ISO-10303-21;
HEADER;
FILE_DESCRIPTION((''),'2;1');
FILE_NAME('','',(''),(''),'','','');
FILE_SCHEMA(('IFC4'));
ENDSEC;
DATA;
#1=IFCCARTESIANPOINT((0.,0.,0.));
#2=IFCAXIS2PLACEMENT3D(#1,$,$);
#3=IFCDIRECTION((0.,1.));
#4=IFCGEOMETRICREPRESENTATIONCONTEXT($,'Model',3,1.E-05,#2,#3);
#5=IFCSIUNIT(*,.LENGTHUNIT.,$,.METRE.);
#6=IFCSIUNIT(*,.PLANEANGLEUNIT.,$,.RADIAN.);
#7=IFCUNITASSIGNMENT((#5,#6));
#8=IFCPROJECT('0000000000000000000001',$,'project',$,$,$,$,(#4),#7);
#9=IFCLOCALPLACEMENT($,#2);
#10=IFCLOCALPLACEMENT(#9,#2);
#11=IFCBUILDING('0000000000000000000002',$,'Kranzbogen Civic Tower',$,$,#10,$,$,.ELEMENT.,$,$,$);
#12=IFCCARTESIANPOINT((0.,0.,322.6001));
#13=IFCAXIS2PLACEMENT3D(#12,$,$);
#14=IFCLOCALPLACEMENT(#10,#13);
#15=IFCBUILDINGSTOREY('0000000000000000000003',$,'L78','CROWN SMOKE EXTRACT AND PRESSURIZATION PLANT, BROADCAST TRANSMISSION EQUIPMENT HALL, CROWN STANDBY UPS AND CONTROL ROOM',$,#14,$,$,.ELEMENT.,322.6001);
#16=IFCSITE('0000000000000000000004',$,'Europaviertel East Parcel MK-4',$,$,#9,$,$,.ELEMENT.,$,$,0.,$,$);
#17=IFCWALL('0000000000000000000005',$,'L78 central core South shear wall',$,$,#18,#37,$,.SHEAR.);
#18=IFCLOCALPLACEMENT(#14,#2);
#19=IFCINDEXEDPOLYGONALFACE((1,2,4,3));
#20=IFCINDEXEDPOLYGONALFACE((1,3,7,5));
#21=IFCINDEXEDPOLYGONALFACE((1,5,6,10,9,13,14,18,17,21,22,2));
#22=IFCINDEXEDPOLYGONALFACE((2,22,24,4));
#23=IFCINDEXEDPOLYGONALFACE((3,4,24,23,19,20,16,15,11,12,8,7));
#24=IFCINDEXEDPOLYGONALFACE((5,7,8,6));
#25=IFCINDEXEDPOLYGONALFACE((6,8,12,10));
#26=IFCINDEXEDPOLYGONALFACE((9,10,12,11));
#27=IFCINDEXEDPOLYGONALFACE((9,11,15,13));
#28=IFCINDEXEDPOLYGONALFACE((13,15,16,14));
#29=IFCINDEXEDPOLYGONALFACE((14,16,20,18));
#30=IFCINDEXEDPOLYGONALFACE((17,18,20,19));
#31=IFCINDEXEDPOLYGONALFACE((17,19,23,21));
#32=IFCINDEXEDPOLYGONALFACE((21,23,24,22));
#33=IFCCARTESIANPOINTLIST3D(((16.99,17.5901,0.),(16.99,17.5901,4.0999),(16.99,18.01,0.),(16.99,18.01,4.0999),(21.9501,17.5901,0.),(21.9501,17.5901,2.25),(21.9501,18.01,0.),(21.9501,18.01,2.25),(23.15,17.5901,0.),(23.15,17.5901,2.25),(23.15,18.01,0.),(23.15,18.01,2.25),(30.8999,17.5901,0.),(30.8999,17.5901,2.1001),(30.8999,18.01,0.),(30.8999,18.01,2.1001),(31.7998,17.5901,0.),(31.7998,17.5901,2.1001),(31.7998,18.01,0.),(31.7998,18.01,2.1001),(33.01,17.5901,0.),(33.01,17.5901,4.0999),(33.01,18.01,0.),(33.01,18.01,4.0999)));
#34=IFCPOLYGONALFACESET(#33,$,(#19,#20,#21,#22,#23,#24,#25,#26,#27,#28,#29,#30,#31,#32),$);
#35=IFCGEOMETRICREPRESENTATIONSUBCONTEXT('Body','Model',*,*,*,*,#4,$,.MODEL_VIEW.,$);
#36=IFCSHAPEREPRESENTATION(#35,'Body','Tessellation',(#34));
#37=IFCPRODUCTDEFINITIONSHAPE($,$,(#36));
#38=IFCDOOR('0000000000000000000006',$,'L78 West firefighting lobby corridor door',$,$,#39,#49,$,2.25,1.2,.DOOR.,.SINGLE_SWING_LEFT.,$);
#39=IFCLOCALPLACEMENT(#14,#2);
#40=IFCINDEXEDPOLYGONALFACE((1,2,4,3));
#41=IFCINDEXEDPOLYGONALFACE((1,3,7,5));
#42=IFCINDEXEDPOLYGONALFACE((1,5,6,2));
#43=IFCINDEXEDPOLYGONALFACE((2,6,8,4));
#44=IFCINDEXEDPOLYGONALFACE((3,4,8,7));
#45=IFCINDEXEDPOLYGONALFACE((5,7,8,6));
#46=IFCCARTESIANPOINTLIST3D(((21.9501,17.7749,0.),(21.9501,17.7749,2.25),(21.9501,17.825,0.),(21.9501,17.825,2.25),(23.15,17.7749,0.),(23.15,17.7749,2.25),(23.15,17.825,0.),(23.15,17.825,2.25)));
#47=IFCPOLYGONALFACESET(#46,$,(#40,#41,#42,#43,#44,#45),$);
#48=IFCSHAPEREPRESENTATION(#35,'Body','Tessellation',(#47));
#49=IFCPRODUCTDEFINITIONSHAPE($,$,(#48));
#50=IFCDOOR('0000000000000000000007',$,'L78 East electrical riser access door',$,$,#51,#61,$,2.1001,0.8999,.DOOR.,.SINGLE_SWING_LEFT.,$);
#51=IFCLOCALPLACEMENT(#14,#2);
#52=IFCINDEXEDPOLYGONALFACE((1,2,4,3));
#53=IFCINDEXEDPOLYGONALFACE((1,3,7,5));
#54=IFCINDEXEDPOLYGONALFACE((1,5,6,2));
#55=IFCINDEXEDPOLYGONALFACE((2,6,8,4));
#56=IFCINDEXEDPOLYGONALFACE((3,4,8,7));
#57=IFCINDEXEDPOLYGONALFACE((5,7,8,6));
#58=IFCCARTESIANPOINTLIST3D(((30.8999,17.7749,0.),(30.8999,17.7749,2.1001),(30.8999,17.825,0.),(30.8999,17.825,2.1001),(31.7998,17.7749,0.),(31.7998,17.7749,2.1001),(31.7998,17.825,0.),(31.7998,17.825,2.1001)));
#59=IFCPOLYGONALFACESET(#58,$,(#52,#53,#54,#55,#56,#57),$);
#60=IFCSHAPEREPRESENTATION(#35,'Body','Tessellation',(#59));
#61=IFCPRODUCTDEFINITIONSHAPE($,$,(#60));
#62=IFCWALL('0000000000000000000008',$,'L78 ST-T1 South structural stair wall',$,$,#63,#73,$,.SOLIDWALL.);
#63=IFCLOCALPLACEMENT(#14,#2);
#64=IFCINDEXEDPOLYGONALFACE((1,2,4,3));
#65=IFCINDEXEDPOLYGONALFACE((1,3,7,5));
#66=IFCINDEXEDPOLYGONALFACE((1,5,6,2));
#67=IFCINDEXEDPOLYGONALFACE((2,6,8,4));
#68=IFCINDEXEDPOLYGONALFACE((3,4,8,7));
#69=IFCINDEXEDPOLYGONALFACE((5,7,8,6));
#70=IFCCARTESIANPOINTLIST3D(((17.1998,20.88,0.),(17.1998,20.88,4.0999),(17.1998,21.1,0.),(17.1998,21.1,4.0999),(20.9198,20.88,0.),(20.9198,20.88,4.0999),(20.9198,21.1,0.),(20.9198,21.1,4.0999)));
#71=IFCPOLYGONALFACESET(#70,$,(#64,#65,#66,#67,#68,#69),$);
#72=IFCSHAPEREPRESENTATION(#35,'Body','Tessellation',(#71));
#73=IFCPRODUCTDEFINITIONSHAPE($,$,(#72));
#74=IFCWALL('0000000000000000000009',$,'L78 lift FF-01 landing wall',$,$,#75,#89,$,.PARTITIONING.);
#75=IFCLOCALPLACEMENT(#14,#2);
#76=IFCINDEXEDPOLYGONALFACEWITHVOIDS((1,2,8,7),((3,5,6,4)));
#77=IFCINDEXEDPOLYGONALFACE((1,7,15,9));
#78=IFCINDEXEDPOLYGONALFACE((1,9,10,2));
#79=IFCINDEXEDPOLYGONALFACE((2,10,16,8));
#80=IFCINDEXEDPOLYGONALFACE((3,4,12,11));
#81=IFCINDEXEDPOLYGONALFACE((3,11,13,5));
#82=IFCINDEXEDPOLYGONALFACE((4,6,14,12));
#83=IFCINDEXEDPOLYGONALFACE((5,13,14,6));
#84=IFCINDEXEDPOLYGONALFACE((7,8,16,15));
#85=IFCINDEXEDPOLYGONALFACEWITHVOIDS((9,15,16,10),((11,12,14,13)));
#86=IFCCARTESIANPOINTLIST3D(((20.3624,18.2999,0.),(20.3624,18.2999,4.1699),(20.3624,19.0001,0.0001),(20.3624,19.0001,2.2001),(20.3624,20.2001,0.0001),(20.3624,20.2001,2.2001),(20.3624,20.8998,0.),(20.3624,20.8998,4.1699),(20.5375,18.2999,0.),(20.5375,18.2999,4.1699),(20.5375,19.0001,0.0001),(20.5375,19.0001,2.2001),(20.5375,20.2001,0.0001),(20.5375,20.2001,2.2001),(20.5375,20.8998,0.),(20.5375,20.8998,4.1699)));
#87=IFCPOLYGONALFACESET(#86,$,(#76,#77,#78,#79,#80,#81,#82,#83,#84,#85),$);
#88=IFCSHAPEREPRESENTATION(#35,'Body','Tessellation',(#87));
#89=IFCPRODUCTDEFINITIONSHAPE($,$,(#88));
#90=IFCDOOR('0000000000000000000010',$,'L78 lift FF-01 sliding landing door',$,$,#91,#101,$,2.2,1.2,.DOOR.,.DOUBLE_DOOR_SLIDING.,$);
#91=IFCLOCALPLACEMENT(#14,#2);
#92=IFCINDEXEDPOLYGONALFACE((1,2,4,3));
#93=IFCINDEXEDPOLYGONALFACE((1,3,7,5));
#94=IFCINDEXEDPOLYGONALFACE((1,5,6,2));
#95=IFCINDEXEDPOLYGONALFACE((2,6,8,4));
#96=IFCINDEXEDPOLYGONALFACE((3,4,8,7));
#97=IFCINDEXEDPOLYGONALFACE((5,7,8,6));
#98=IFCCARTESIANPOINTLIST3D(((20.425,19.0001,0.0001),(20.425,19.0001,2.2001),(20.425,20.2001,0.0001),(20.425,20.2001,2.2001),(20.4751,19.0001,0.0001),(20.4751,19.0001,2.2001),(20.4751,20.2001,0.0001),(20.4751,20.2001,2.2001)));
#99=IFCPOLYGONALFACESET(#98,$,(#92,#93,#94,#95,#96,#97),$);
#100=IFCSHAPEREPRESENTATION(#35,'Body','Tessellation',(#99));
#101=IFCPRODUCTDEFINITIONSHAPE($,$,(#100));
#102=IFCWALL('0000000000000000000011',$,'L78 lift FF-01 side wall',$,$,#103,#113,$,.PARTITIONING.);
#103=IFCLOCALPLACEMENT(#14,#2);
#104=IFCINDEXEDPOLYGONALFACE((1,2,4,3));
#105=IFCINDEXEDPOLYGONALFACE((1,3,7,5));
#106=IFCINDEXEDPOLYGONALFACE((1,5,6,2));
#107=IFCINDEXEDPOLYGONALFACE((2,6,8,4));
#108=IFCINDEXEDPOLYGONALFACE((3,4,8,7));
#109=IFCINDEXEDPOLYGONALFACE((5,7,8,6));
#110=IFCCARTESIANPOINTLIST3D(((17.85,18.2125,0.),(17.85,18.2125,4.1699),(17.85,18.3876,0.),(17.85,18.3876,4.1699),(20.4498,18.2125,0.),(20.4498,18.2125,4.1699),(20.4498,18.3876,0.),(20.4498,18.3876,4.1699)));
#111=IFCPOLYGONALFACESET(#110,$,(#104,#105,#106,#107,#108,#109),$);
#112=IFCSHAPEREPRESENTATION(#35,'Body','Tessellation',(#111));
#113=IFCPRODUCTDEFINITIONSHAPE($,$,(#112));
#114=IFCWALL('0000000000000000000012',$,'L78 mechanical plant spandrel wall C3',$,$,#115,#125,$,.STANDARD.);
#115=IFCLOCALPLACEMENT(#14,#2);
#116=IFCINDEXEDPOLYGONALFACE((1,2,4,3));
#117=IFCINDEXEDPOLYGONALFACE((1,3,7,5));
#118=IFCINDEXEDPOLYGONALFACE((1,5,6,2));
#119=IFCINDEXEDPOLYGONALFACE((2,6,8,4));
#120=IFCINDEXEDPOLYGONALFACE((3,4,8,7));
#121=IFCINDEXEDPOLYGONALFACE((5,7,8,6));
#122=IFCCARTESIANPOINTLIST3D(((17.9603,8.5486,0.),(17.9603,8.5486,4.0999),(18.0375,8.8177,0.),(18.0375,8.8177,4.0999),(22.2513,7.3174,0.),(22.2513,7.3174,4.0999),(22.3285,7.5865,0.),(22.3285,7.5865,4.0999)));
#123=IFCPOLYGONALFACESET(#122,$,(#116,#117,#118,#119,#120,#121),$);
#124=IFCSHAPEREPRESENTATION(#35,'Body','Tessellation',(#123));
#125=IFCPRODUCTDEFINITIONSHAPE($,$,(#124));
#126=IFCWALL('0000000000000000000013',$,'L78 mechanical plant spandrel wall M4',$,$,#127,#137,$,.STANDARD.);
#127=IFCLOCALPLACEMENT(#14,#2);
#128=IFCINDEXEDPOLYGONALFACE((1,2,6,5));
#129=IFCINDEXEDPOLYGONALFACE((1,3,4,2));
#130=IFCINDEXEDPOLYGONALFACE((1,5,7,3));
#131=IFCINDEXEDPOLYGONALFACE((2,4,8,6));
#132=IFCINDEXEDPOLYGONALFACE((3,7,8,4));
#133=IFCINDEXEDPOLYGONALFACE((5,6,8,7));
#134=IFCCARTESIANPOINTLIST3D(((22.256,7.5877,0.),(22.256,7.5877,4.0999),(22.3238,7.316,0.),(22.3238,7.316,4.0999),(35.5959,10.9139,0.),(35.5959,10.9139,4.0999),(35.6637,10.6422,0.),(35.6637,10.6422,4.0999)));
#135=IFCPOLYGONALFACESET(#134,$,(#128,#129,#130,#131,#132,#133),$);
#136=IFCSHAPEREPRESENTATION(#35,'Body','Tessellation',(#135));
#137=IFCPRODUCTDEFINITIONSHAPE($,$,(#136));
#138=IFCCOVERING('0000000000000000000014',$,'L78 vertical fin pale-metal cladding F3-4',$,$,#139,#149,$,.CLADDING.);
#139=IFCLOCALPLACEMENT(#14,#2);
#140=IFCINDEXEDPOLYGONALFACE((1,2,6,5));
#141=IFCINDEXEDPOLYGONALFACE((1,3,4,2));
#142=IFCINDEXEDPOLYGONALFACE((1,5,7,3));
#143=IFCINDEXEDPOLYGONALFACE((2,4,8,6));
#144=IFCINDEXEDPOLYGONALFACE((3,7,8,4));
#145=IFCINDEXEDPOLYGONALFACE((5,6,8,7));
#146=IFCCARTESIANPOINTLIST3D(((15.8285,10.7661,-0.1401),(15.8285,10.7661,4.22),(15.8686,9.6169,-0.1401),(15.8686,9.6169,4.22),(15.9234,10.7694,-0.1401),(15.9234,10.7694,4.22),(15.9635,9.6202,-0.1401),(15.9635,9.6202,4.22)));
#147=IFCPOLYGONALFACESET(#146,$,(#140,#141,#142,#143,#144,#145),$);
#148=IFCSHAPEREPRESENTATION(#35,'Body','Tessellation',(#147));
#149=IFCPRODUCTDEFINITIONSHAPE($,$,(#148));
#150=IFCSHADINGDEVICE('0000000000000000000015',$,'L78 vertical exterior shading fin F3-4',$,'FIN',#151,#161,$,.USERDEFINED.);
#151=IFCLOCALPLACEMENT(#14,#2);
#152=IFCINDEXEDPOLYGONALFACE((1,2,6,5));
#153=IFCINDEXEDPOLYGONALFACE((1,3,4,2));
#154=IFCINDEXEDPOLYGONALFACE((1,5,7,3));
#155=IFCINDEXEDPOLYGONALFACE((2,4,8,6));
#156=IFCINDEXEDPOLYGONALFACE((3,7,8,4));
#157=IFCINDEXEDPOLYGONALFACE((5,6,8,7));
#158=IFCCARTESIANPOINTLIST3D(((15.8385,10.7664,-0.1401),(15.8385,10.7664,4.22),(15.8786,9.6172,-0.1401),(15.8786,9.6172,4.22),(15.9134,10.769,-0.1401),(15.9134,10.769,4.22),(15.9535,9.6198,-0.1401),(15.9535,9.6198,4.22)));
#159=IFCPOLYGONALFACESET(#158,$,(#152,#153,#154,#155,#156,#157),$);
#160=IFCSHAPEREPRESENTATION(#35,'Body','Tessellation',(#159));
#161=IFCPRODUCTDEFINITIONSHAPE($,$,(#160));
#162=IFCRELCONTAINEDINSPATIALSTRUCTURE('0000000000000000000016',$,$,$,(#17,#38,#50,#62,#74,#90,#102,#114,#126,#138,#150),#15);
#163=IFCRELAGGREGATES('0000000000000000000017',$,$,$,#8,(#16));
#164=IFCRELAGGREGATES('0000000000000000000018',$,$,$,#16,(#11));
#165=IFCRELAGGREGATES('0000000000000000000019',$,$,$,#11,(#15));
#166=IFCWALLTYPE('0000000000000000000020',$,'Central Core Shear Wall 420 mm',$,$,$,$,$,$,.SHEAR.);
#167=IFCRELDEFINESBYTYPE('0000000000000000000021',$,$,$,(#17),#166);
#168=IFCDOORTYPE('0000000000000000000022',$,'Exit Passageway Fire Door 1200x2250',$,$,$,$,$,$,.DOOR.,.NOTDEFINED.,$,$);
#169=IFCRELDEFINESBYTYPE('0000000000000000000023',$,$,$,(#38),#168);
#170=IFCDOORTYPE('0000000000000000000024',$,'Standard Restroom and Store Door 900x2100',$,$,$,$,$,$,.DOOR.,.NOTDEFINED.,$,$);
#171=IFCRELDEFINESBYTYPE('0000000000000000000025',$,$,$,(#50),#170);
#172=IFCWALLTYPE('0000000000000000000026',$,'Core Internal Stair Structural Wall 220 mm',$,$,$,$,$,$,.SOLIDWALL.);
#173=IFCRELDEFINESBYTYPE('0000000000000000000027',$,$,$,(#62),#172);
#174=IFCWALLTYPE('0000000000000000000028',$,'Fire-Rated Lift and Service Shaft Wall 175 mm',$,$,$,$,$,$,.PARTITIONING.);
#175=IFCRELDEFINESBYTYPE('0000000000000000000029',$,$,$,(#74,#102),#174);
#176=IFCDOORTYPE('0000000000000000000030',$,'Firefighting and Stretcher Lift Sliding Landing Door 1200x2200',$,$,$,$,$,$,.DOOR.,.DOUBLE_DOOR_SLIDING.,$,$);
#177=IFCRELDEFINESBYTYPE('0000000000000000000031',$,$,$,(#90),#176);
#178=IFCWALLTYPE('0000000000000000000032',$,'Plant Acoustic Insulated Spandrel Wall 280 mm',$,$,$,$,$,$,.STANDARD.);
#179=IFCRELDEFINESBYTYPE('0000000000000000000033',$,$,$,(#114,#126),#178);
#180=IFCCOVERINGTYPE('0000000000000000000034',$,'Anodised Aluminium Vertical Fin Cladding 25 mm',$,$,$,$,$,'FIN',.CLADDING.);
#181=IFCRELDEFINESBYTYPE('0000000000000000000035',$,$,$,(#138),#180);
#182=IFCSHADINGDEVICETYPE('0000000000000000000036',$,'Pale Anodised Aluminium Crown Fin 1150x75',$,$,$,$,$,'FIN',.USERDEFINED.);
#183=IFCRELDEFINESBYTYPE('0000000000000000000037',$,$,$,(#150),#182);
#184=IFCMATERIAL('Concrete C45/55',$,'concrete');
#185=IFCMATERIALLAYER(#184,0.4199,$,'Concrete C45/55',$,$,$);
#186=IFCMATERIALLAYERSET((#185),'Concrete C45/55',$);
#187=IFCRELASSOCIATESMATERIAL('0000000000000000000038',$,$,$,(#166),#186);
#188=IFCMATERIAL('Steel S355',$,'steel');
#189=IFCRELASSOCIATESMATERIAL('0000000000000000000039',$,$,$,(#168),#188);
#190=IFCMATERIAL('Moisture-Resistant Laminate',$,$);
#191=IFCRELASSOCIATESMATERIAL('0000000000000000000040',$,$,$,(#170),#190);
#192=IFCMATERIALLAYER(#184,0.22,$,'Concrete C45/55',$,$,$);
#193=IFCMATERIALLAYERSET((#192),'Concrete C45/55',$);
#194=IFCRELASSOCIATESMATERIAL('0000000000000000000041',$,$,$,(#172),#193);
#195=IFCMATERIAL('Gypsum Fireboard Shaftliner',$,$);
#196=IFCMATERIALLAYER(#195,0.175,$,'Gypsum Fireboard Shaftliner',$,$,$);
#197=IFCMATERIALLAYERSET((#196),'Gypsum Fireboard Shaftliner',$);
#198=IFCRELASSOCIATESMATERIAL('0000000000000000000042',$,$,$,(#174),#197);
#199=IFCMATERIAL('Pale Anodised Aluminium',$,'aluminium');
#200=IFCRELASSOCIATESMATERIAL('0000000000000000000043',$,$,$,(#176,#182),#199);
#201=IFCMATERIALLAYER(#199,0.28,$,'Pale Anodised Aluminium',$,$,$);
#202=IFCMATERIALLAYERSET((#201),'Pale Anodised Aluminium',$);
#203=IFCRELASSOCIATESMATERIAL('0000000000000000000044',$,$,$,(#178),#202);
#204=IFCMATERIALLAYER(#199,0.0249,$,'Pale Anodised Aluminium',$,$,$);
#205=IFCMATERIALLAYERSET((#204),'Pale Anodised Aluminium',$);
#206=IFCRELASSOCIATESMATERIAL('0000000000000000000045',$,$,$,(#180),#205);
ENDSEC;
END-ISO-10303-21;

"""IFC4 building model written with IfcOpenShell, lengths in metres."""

from ifc_helpers import new_model, si_unit, direction, frame, frame_2d, origin, origin_2d, place, context, subcontext, project, spatial, rectangle, extrude, material, layer, layer_set, type_object, element, fill, save


model = new_model("IFC4")

# Units and contexts
model_context = context("Model", 3, precision=1e-05, world=origin(), true_north=direction((0.0, 1.0)))
body_context = subcontext(model_context, "Body", "Model", "MODEL_VIEW")
ifc_project = project(units=[si_unit("LENGTHUNIT", "METRE"), si_unit("PLANEANGLEUNIT", "RADIAN")], contexts=[model_context])

# Site, building, storey
site_placement = place(None, origin())
site = spatial("IfcSite", under=ifc_project, at=site_placement, Name="Europaviertel East Parcel MK-4", CompositionType="ELEMENT", RefElevation=0.0)
building_placement = place(site_placement, origin())
building = spatial("IfcBuilding", under=site, at=building_placement, Name="Kranzbogen Civic Tower", CompositionType="ELEMENT")
storey_placement = place(building_placement, frame((0.0, 0.0, 322.6001)))
storey = spatial("IfcBuildingStorey", under=building, at=storey_placement, Name="L78", Description="CROWN SMOKE EXTRACT AND PRESSURIZATION PLANT, BROADCAST TRANSMISSION EQUIPMENT HALL, CROWN STANDBY UPS AND CONTROL ROOM", CompositionType="ELEMENT", Elevation=322.6001)

# Shared definitions
ifc_material_1 = material(Name="Steel S355", Category="steel")

# Wall, openings, doors
ifc_material_2 = material(Name="Concrete C45/55", Category="concrete")
ifc_layer_1 = layer(ifc_material_2, 0.4199, Name="Concrete C45/55")
ifc_layer_set_1 = layer_set([ifc_layer_1], Name="Concrete C45/55")
wall_type_1 = type_object("IfcWallType", Name="Central Core Shear Wall 420 mm", PredefinedType="SHEAR", material=ifc_layer_set_1)
wall_1_placement = place(storey_placement, frame((16.99, 17.8, 0.0), z_axis=(0.0, 0.0, 1.0), x_axis=(1.0, 0.0, 0.0)))
wall_1 = element("IfcWall", 1, at=wall_1_placement, inside=storey, type_object=wall_type_1, Name="L78 central core South shear wall", PredefinedType="SHEAR", context=body_context, shape_type="SweptSolid", body=[
    extrude(rectangle(XDim=16.02, YDim=0.4199, at=frame_2d((8.01, 0.0))), origin(), (0.0, 0.0, 1.0), 4.0999),
])
opening_1_placement = place(wall_1_placement, frame((4.96, 0.0, 0.0)))
opening_1 = element("IfcOpeningElement", 2, at=opening_1_placement, cuts=wall_1, PredefinedType="OPENING", context=body_context, shape_type="SweptSolid", body=[
    extrude(rectangle(XDim=1.2, YDim=2.25, at=frame_2d((0.6001, 1.125))), frame((0.0, 0.22, 0.0), z_axis=(0.0, -1.0, 0.0), x_axis=(1.0, 0.0, 0.0)), (0.0, 0.0, 1.0), 0.4399),
])
opening_2_placement = place(wall_1_placement, frame((13.9099, 0.0, 0.0)))
opening_2 = element("IfcOpeningElement", 3, at=opening_2_placement, cuts=wall_1, PredefinedType="OPENING", context=body_context, shape_type="SweptSolid", body=[
    extrude(rectangle(XDim=0.8999, YDim=2.1001, at=frame_2d((0.45, 1.05))), frame((0.0, 0.22, 0.0), z_axis=(0.0, -1.0, 0.0), x_axis=(1.0, 0.0, 0.0)), (0.0, 0.0, 1.0), 0.4399),
])
door_type_1 = type_object("IfcDoorType", Name="Exit Passageway Fire Door 1200x2250", OperationType="NOTDEFINED", PredefinedType="DOOR", material=ifc_material_1)
door_1_placement = place(opening_1_placement, origin())
door_1 = element("IfcDoor", 4, at=door_1_placement, inside=storey, type_object=door_type_1, Name="L78 West firefighting lobby corridor door", OperationType="SINGLE_SWING_LEFT", OverallHeight=2.25, OverallWidth=1.2, PredefinedType="DOOR", context=body_context, shape_type="SweptSolid", body=[
    extrude(rectangle(XDim=1.2, YDim=2.25, at=frame_2d((0.6001, 1.125))), frame((0.0, 0.0249, 0.0), z_axis=(0.0, -1.0, 0.0), x_axis=(1.0, 0.0, 0.0)), (0.0, 0.0, 1.0), 0.05),
])
fill(opening_1, door_1)
ifc_material_3 = material(Name="Moisture-Resistant Laminate")
door_type_2 = type_object("IfcDoorType", Name="Standard Restroom and Store Door 900x2100", OperationType="NOTDEFINED", PredefinedType="DOOR", material=ifc_material_3)
door_2_placement = place(opening_2_placement, origin())
door_2 = element("IfcDoor", 5, at=door_2_placement, inside=storey, type_object=door_type_2, Name="L78 East electrical riser access door", OperationType="SINGLE_SWING_LEFT", OverallHeight=2.1001, OverallWidth=0.8999, PredefinedType="DOOR", context=body_context, shape_type="SweptSolid", body=[
    extrude(rectangle(XDim=0.8999, YDim=2.1001, at=frame_2d((0.45, 1.05))), frame((0.0, 0.0249, 0.0), z_axis=(0.0, -1.0, 0.0), x_axis=(1.0, 0.0, 0.0)), (0.0, 0.0, 1.0), 0.05),
])
fill(opening_2, door_2)

# Wall
ifc_layer_2 = layer(ifc_material_2, 0.22, Name="Concrete C45/55")
ifc_layer_set_2 = layer_set([ifc_layer_2], Name="Concrete C45/55")
wall_type_2 = type_object("IfcWallType", Name="Core Internal Stair Structural Wall 220 mm", PredefinedType="SOLIDWALL", material=ifc_layer_set_2)
wall_2_placement = place(storey_placement, frame((17.2, 20.99, 0.0), z_axis=(0.0, 0.0, 1.0), x_axis=(1.0, 0.0, 0.0)))
element("IfcWall", 6, at=wall_2_placement, inside=storey, type_object=wall_type_2, Name="L78 ST-T1 South structural stair wall", PredefinedType="SOLIDWALL", context=body_context, shape_type="SweptSolid", body=[
    extrude(rectangle(XDim=3.72, YDim=0.22, at=frame_2d((1.8599, 0.0))), origin(), (0.0, 0.0, 1.0), 4.0999),
])

# Wall, opening, door
ifc_material_4 = material(Name="Gypsum Fireboard Shaftliner")
ifc_layer_3 = layer(ifc_material_4, 0.175, Name="Gypsum Fireboard Shaftliner")
ifc_layer_set_3 = layer_set([ifc_layer_3], Name="Gypsum Fireboard Shaftliner")
wall_type_3 = type_object("IfcWallType", Name="Fire-Rated Lift and Service Shaft Wall 175 mm", PredefinedType="PARTITIONING", material=ifc_layer_set_3)
wall_3_placement = place(storey_placement, frame((20.45, 18.3, 0.0), z_axis=(0.0, 0.0, 1.0), x_axis=(0.0, 1.0, 0.0)))
wall_3 = element("IfcWall", 7, at=wall_3_placement, inside=storey, type_object=wall_type_3, Name="L78 lift FF-01 landing wall", PredefinedType="PARTITIONING", context=body_context, shape_type="SweptSolid", body=[
    extrude(rectangle(XDim=2.5999, YDim=0.175, at=frame_2d((1.2998, 0.0))), origin(), (0.0, 0.0, 1.0), 4.1699),
])
opening_3_placement = place(wall_3_placement, frame((0.7, 0.0, 0.0)))
opening_3 = element("IfcOpeningElement", 8, at=opening_3_placement, cuts=wall_3, PredefinedType="OPENING", context=body_context, shape_type="SweptSolid", body=[
    extrude(rectangle(XDim=1.2, YDim=2.2, at=frame_2d((0.6001, 1.1001))), frame((0.0, 0.0977, 0.0), z_axis=(0.0, -1.0, 0.0), x_axis=(1.0, 0.0, 0.0)), (0.0, 0.0, 1.0), 0.1951),
])
ifc_material_5 = material(Name="Pale Anodised Aluminium", Category="aluminium")
door_type_3 = type_object("IfcDoorType", Name="Firefighting and Stretcher Lift Sliding Landing Door 1200x2200", OperationType="DOUBLE_DOOR_SLIDING", PredefinedType="DOOR", material=ifc_material_5)
door_3_placement = place(opening_3_placement, origin())
door_3 = element("IfcDoor", 9, at=door_3_placement, inside=storey, type_object=door_type_3, Name="L78 lift FF-01 sliding landing door", OperationType="DOUBLE_DOOR_SLIDING", OverallHeight=2.2, OverallWidth=1.2, PredefinedType="DOOR", context=body_context, shape_type="SweptSolid", body=[
    extrude(rectangle(XDim=1.2, YDim=2.2, at=frame_2d((0.6001, 1.1001))), frame((0.0, 0.0249, 0.0), z_axis=(0.0, -1.0, 0.0), x_axis=(1.0, 0.0, 0.0)), (0.0, 0.0, 1.0), 0.05),
])
fill(opening_3, door_3)

# Walls
wall_4_placement = place(storey_placement, frame((17.8501, 18.3, 0.0), z_axis=(0.0, 0.0, 1.0), x_axis=(1.0, 0.0, 0.0)))
element("IfcWall", 10, at=wall_4_placement, inside=storey, type_object=wall_type_3, Name="L78 lift FF-01 side wall", PredefinedType="PARTITIONING", context=body_context, shape_type="SweptSolid", body=[
    extrude(rectangle(XDim=2.5999, YDim=0.175, at=frame_2d((1.2998, 0.0))), origin(), (0.0, 0.0, 1.0), 4.1699),
])
ifc_layer_4 = layer(ifc_material_5, 0.28, Name="Pale Anodised Aluminium")
ifc_layer_set_4 = layer_set([ifc_layer_4], Name="Pale Anodised Aluminium")
wall_type_4 = type_object("IfcWallType", Name="Plant Acoustic Insulated Spandrel Wall 280 mm", PredefinedType="STANDARD", material=ifc_layer_set_4)
wall_5_placement = place(storey_placement, frame((17.999, 8.6831, 0.0), z_axis=(0.0, 0.0, 1.0), x_axis=(0.961216, -0.275797, 0.0)))
element("IfcWall", 11, at=wall_5_placement, inside=storey, type_object=wall_type_4, Name="L78 mechanical plant spandrel wall C3", PredefinedType="STANDARD", context=body_context, shape_type="SweptSolid", body=[
    extrude(rectangle(XDim=4.4641, YDim=0.28, at=frame_2d((2.2319, 0.0))), origin(), (0.0, 0.0, 1.0), 4.0999),
])
wall_6_placement = place(storey_placement, frame((22.29, 7.4519, 0.0), z_axis=(0.0, 0.0, 1.0), x_axis=(0.970293, 0.241934, 0.0)))
element("IfcWall", 12, at=wall_6_placement, inside=storey, type_object=wall_type_4, Name="L78 mechanical plant spandrel wall M4", PredefinedType="STANDARD", context=body_context, shape_type="SweptSolid", body=[
    extrude(rectangle(XDim=13.7483, YDim=0.28, at=frame_2d((6.874, 0.0))), origin(), (0.0, 0.0, 1.0), 4.0999),
])

# Covering
ifc_layer_5 = layer(ifc_material_5, 0.0249, Name="Pale Anodised Aluminium")
ifc_layer_set_5 = layer_set([ifc_layer_5], Name="Pale Anodised Aluminium")
covering_type = type_object("IfcCoveringType", Name="Anodised Aluminium Vertical Fin Cladding 25 mm", ElementType="FIN", PredefinedType="CLADDING", material=ifc_layer_set_5)
covering_placement = place(storey_placement, frame((15.896, 10.1931, -0.1401), z_axis=(0.0, 0.0, 1.0), x_axis=(0.034899, -0.999391, 0.0)))
element("IfcCovering", 13, at=covering_placement, inside=storey, type_object=covering_type, Name="L78 vertical fin pale-metal cladding F3-4", PredefinedType="CLADDING", context=body_context, shape_type="SweptSolid", body=[
    extrude(rectangle(XDim=1.1499, YDim=0.095, at=origin_2d()), origin(), (0.0, 0.0, 1.0), 4.3601),
])

# Shading device
shading_device_type = type_object("IfcShadingDeviceType", Name="Pale Anodised Aluminium Crown Fin 1150x75", ElementType="FIN", PredefinedType="USERDEFINED", material=ifc_material_5)
shading_device_placement = place(storey_placement, frame((15.896, 10.1931, -0.1401), z_axis=(0.0, 0.0, 1.0), x_axis=(0.034899, -0.999391, 0.0)))
element("IfcShadingDevice", 14, at=shading_device_placement, inside=storey, type_object=shading_device_type, Name="L78 vertical exterior shading fin F3-4", ObjectType="FIN", PredefinedType="USERDEFINED", context=body_context, shape_type="SweptSolid", body=[
    extrude(rectangle(XDim=1.1499, YDim=0.075, at=origin_2d()), origin(), (0.0, 0.0, 1.0), 4.3601),
])

save(model, "model.ifc")
